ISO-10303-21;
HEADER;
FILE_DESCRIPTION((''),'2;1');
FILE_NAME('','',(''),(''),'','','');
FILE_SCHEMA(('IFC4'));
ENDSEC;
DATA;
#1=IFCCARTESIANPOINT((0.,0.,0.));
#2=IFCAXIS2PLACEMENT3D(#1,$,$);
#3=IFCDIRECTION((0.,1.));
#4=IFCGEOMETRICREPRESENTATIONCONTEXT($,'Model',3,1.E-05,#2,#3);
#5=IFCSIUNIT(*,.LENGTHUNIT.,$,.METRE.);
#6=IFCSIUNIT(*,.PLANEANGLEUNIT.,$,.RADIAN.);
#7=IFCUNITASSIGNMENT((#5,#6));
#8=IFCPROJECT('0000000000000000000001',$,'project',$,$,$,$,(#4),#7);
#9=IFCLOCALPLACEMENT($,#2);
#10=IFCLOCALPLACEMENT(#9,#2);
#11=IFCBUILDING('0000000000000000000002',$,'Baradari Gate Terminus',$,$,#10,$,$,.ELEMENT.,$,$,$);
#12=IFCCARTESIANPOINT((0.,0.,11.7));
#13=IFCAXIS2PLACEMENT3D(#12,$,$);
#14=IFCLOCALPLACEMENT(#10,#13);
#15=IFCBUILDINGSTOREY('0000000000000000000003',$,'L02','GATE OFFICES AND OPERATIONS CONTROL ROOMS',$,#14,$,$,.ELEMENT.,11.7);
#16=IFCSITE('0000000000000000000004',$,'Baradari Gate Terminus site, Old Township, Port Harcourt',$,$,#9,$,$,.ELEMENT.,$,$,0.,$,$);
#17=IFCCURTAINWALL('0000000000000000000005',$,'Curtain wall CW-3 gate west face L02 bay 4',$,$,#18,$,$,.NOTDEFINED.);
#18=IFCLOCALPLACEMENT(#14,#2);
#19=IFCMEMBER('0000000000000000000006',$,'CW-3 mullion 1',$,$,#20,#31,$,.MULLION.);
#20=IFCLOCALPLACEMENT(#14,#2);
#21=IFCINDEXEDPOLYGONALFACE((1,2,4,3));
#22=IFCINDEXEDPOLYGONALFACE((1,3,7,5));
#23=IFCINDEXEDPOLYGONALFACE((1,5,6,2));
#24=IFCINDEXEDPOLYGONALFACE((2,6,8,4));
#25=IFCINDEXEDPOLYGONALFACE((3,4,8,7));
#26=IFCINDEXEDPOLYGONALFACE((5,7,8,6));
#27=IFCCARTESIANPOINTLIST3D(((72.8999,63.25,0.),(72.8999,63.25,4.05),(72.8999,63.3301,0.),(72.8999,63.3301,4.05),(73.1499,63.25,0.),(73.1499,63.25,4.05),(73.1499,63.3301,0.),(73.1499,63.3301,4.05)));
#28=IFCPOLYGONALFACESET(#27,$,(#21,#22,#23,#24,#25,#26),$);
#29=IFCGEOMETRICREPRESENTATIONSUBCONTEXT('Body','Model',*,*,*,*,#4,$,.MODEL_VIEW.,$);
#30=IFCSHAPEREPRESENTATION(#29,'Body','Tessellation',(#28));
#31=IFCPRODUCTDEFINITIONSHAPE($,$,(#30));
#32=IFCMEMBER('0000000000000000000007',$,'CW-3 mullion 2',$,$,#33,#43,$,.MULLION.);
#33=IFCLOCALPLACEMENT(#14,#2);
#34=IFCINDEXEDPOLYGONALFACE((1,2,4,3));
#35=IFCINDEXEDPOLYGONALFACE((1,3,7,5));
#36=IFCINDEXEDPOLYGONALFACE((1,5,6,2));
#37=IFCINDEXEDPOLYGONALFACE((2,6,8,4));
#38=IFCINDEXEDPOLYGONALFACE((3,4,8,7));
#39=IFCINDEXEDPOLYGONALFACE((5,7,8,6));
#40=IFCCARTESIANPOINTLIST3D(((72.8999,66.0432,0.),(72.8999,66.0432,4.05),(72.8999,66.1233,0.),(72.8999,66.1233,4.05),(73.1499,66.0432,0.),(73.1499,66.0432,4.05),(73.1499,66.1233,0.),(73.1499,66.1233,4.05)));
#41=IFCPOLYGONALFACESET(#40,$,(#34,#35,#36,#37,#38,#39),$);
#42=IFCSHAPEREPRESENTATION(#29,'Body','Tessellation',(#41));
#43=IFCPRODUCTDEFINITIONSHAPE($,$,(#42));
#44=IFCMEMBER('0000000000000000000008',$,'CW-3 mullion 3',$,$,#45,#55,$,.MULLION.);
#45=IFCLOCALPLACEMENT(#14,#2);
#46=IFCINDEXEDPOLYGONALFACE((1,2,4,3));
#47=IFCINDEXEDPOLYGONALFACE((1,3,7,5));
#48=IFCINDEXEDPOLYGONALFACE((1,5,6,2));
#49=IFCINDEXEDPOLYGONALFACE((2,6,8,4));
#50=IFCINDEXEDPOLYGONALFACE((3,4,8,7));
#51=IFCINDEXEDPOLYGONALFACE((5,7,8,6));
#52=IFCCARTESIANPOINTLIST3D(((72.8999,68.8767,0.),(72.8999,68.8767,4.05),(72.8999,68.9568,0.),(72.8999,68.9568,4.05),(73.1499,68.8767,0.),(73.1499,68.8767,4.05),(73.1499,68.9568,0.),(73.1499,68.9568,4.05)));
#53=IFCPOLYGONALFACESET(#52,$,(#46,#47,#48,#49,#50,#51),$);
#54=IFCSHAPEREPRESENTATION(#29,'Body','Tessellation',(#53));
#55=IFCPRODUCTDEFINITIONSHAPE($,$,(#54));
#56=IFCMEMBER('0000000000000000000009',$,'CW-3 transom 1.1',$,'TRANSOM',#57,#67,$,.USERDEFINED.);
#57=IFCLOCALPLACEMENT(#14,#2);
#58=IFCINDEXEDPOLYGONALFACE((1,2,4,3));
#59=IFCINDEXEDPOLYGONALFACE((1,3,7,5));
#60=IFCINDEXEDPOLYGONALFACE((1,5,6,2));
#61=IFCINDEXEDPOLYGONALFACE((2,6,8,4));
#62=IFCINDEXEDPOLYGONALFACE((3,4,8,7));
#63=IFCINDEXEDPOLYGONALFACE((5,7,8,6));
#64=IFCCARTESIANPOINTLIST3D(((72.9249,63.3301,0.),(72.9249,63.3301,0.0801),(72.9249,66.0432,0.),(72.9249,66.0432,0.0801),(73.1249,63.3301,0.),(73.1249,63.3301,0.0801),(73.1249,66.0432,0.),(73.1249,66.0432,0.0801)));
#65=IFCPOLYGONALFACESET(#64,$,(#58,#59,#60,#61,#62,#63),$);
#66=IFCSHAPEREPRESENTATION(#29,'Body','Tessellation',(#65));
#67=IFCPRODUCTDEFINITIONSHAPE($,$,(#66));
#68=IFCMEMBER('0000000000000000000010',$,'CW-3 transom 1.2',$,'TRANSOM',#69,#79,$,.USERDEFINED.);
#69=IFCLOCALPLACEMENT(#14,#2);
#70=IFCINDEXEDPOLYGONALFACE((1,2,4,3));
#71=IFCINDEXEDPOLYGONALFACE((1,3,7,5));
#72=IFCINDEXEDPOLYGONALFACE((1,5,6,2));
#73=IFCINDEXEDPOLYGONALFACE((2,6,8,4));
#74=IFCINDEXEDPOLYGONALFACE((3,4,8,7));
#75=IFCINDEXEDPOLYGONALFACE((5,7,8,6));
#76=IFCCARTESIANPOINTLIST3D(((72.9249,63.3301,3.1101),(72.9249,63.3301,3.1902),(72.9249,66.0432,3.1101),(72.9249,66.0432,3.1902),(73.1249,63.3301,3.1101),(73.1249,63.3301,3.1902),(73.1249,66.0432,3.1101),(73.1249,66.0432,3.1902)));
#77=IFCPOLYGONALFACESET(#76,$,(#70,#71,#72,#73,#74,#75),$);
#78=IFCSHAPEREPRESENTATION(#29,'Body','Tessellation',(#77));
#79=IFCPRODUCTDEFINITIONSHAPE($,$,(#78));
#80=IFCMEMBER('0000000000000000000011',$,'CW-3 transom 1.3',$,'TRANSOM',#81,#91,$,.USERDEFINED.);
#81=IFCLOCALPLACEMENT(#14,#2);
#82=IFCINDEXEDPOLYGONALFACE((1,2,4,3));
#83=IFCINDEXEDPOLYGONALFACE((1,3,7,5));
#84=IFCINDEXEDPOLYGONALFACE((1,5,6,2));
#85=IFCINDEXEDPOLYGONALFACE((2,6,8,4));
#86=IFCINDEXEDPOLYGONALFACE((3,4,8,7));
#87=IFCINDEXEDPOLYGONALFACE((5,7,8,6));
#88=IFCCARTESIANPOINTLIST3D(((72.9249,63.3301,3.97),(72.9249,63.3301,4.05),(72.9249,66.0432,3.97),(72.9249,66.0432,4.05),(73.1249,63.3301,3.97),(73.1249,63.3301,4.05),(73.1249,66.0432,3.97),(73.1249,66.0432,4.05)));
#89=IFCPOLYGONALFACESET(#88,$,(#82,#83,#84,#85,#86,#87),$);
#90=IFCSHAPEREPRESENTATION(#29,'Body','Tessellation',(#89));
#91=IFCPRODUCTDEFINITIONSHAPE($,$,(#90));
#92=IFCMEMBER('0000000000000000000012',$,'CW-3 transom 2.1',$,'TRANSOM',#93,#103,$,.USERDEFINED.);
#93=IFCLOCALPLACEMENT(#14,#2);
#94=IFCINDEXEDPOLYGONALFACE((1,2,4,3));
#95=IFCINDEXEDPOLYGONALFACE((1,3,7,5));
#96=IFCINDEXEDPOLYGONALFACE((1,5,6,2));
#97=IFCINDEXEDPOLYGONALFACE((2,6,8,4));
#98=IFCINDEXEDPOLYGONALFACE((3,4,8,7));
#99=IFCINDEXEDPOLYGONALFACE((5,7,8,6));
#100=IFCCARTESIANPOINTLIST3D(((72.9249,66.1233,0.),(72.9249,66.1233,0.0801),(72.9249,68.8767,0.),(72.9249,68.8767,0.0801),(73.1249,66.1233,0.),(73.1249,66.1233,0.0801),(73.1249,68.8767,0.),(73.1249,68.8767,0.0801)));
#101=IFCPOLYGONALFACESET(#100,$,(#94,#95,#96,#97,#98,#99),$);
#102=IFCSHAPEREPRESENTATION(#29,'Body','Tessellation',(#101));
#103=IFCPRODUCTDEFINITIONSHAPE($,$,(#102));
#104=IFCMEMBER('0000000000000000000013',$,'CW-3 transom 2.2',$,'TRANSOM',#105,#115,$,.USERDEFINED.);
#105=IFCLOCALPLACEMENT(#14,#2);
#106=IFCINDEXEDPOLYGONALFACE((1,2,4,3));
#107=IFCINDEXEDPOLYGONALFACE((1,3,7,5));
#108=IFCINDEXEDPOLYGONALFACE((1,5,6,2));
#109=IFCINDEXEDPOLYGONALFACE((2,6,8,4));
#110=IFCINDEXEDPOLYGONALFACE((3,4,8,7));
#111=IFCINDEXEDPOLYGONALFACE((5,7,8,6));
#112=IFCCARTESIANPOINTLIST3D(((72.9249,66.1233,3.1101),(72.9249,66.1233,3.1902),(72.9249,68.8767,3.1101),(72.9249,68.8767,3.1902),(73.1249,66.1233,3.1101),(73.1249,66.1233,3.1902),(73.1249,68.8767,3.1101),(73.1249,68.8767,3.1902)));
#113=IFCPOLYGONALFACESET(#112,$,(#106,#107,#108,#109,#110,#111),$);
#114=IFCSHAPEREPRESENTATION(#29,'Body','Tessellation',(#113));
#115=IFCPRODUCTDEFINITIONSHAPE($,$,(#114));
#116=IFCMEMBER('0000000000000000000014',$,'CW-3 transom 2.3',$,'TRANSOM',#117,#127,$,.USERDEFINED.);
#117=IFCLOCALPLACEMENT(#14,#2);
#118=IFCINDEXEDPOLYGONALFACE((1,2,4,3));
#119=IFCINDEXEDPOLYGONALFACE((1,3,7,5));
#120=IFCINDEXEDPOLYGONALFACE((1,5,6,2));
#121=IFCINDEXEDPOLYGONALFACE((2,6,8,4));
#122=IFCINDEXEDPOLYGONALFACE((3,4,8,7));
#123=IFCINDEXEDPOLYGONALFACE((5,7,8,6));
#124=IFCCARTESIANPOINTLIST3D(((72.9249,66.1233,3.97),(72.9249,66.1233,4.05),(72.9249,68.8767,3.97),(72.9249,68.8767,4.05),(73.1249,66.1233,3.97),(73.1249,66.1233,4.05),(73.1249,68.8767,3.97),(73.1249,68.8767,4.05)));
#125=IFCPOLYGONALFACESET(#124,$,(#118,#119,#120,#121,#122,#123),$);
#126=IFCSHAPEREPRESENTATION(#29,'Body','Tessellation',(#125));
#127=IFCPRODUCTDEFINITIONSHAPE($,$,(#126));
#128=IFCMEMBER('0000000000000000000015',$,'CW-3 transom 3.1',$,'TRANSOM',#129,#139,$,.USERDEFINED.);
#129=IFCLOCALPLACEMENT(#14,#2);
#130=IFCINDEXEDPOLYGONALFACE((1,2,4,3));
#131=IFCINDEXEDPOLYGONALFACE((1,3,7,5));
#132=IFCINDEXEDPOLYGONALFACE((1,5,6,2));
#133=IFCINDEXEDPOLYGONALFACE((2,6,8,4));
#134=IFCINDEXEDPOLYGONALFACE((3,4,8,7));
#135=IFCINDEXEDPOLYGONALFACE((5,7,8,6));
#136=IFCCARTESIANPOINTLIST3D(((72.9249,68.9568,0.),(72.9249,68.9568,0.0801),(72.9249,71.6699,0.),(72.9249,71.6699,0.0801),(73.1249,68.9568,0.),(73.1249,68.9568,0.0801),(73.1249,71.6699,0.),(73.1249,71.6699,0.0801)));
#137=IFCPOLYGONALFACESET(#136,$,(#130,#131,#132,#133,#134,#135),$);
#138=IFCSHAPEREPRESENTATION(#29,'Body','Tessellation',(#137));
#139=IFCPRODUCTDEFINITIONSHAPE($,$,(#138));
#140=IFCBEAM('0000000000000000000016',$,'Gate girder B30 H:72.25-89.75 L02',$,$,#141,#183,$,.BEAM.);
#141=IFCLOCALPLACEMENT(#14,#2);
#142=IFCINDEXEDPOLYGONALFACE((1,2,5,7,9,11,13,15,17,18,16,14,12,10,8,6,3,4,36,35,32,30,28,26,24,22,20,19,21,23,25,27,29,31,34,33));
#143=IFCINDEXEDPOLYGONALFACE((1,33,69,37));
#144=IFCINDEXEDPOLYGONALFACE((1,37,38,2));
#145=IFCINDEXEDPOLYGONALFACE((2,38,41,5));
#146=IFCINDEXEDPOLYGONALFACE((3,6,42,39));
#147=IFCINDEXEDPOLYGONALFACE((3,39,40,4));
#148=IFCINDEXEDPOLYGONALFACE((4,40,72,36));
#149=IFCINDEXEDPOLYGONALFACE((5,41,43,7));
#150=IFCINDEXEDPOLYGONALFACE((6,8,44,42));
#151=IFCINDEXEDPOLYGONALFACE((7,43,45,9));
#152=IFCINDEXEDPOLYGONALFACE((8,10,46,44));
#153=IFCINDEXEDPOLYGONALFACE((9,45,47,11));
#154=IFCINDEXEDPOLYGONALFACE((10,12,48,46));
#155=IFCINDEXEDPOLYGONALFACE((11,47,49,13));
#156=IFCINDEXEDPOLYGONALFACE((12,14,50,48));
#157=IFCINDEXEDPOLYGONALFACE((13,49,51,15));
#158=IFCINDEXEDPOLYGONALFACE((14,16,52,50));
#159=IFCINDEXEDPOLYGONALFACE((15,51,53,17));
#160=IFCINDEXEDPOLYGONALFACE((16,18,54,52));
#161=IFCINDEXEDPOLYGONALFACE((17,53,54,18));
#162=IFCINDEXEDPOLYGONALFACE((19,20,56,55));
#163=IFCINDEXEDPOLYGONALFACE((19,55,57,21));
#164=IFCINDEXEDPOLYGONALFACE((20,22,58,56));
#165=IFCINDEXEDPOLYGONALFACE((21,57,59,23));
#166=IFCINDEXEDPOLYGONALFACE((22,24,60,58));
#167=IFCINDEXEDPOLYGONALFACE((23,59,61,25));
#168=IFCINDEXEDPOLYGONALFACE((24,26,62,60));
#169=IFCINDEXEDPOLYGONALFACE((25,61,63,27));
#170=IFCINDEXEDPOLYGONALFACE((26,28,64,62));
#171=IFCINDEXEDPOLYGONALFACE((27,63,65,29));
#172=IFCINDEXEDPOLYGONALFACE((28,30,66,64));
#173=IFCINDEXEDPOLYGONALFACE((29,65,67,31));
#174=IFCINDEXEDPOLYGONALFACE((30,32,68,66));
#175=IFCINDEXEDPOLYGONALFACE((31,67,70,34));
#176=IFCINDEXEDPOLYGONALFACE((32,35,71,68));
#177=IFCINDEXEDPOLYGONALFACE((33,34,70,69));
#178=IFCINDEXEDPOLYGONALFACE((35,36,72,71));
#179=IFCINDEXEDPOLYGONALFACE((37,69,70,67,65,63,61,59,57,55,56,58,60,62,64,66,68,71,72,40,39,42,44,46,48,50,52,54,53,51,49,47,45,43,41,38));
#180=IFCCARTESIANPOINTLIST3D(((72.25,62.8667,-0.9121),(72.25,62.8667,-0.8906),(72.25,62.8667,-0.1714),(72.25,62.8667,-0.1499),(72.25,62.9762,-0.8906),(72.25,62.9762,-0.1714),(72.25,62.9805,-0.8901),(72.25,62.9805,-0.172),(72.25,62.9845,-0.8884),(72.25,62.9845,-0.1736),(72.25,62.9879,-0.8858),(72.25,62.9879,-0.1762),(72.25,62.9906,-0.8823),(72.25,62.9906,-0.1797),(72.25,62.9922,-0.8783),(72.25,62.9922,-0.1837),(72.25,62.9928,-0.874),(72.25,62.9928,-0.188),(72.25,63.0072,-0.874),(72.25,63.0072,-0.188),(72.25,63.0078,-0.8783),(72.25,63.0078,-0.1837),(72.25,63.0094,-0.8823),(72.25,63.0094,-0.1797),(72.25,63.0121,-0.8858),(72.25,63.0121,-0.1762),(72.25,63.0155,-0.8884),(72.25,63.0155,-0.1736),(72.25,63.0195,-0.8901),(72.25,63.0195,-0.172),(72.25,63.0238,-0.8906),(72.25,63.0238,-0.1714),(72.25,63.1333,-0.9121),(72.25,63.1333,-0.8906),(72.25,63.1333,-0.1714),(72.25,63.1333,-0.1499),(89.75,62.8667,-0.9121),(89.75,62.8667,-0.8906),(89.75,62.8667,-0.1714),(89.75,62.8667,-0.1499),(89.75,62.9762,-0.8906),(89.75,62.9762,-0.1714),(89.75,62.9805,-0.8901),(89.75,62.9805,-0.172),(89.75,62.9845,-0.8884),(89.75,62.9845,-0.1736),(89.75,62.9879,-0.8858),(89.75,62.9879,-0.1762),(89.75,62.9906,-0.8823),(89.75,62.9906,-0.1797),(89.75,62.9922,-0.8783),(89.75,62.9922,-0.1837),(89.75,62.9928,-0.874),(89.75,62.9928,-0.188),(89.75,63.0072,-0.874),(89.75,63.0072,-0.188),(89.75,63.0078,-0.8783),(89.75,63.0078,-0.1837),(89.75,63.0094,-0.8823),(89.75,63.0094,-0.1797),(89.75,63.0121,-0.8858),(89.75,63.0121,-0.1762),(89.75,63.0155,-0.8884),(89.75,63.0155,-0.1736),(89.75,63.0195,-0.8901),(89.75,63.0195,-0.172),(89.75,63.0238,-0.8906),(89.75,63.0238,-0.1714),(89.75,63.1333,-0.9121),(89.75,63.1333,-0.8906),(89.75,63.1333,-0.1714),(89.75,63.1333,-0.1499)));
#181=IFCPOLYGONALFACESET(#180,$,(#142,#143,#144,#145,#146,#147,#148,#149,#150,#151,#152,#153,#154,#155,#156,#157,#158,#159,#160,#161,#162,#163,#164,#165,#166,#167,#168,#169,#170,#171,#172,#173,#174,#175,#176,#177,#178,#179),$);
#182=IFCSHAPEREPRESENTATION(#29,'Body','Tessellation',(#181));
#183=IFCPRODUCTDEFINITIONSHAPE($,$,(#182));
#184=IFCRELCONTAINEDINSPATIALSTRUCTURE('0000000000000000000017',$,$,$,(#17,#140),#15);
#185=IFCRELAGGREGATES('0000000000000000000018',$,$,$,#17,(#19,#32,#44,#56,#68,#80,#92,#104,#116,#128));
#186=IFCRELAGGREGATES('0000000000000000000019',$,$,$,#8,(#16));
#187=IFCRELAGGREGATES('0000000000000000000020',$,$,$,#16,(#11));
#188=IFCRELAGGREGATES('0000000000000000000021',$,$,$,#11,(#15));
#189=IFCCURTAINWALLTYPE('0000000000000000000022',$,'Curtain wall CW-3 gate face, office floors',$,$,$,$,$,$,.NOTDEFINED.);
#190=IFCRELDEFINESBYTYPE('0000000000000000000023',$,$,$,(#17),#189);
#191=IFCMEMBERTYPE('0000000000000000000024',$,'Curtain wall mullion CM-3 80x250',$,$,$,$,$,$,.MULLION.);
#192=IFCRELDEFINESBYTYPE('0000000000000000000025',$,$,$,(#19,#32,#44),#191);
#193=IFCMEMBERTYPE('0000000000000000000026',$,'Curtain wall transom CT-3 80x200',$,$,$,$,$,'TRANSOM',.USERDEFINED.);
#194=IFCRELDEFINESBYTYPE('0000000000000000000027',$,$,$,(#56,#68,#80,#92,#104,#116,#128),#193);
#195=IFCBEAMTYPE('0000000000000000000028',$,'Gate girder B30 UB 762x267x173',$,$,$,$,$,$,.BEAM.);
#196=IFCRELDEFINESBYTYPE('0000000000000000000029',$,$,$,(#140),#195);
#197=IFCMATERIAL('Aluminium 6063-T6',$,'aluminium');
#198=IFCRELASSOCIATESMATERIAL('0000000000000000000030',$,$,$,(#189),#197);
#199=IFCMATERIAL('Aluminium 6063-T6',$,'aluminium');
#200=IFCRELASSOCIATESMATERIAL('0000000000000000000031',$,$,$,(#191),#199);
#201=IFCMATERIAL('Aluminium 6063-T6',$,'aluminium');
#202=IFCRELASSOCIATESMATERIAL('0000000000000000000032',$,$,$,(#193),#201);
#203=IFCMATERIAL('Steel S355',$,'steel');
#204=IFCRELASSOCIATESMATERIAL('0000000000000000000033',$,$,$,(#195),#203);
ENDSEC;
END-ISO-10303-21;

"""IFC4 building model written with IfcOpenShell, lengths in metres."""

from ifc_helpers import new_model, si_unit, direction, frame, origin, origin_2d, place, context, subcontext, project, spatial, rectangle, i_section, extrude, material, material_profile, profile_set, type_object, element, aggregate, save


model = new_model("IFC4")

# Units and contexts
model_context = context("Model", 3, precision=1e-05, world=origin(), true_north=direction((0.0, 1.0)))
body_context = subcontext(model_context, "Body", "Model", "MODEL_VIEW")
ifc_project = project(units=[si_unit("LENGTHUNIT", "METRE"), si_unit("PLANEANGLEUNIT", "RADIAN")], contexts=[model_context])

# Site, building, storey
site_placement = place(None, origin())
site = spatial("IfcSite", under=ifc_project, at=site_placement, Name="Baradari Gate Terminus site, Old Township, Port Harcourt", CompositionType="ELEMENT", RefElevation=0.0)
building_placement = place(site_placement, origin())
building = spatial("IfcBuilding", under=site, at=building_placement, Name="Baradari Gate Terminus", CompositionType="ELEMENT")
storey_placement = place(building_placement, frame((0.0, 0.0, 11.7)))
storey = spatial("IfcBuildingStorey", under=building, at=storey_placement, Name="L02", Description="GATE OFFICES AND OPERATIONS CONTROL ROOMS", CompositionType="ELEMENT", Elevation=11.7)

# Curtain wall, members
ifc_material_1 = material(Name="Aluminium 6063-T6", Category="aluminium")
curtain_wall_type = type_object("IfcCurtainWallType", Name="Curtain wall CW-3 gate face, office floors", PredefinedType="NOTDEFINED", material=ifc_material_1)
curtain_wall_placement = place(storey_placement, origin())
curtain_wall = element("IfcCurtainWall", 1, at=curtain_wall_placement, inside=storey, type_object=curtain_wall_type, Name="Curtain wall CW-3 gate west face L02 bay 4", PredefinedType="NOTDEFINED")
ifc_material_2 = material(Name="Aluminium 6063-T6", Category="aluminium")
ifc_material_profile_1 = material_profile(ifc_material_2, rectangle(XDim=0.25, YDim=0.0801, at=origin_2d()), Name="CM-3 80X250")
ifc_profile_set_1 = profile_set([ifc_material_profile_1], Name="Aluminium 6063-T6")
member_type_1 = type_object("IfcMemberType", Name="Curtain wall mullion CM-3 80x250", PredefinedType="MULLION", material=ifc_profile_set_1)
member_1_placement = place(storey_placement, frame((73.0249, 63.29, 0.0), z_axis=(0.0, 0.0, 1.0), x_axis=(-1.0, 0.0, 0.0)))
member_1 = element("IfcMember", 2, at=member_1_placement, type_object=member_type_1, Name="CW-3 mullion 1", PredefinedType="MULLION", context=body_context, shape_type="SweptSolid", body=[
    extrude(rectangle(XDim=0.25, YDim=0.0801, at=origin_2d()), origin(), (0.0, 0.0, 1.0), 4.05),
])
member_2_placement = place(storey_placement, frame((73.0249, 66.0833, 0.0), z_axis=(0.0, 0.0, 1.0), x_axis=(-1.0, 0.0, 0.0)))
member_2 = element("IfcMember", 3, at=member_2_placement, type_object=member_type_1, Name="CW-3 mullion 2", PredefinedType="MULLION", context=body_context, shape_type="SweptSolid", body=[
    extrude(rectangle(XDim=0.25, YDim=0.0801, at=origin_2d()), origin(), (0.0, 0.0, 1.0), 4.05),
])
member_3_placement = place(storey_placement, frame((73.0249, 68.9167, 0.0), z_axis=(0.0, 0.0, 1.0), x_axis=(-1.0, 0.0, 0.0)))
member_3 = element("IfcMember", 4, at=member_3_placement, type_object=member_type_1, Name="CW-3 mullion 3", PredefinedType="MULLION", context=body_context, shape_type="SweptSolid", body=[
    extrude(rectangle(XDim=0.25, YDim=0.0801, at=origin_2d()), origin(), (0.0, 0.0, 1.0), 4.05),
])
ifc_material_3 = material(Name="Aluminium 6063-T6", Category="aluminium")
ifc_material_profile_2 = material_profile(ifc_material_3, rectangle(XDim=0.2, YDim=0.0801, at=origin_2d()), Name="CT-3 80X200")
ifc_profile_set_2 = profile_set([ifc_material_profile_2], Name="Aluminium 6063-T6")
member_type_2 = type_object("IfcMemberType", Name="Curtain wall transom CT-3 80x200", ElementType="TRANSOM", PredefinedType="USERDEFINED", material=ifc_profile_set_2)
member_4_placement = place(storey_placement, frame((73.0249, 63.3301, 0.04), z_axis=(0.0, 1.0, 0.0), x_axis=(-1.0, 0.0, 0.0)))
member_4 = element("IfcMember", 5, at=member_4_placement, type_object=member_type_2, Name="CW-3 transom 1.1", ObjectType="TRANSOM", PredefinedType="USERDEFINED", context=body_context, shape_type="SweptSolid", body=[
    extrude(rectangle(XDim=0.2, YDim=0.0801, at=origin_2d()), origin(), (0.0, 0.0, 1.0), 2.7131),
])
member_5_placement = place(storey_placement, frame((73.0249, 63.3301, 3.1501), z_axis=(0.0, 1.0, 0.0), x_axis=(-1.0, 0.0, 0.0)))
member_5 = element("IfcMember", 6, at=member_5_placement, type_object=member_type_2, Name="CW-3 transom 1.2", ObjectType="TRANSOM", PredefinedType="USERDEFINED", context=body_context, shape_type="SweptSolid", body=[
    extrude(rectangle(XDim=0.2, YDim=0.0801, at=origin_2d()), origin(), (0.0, 0.0, 1.0), 2.7131),
])
member_6_placement = place(storey_placement, frame((73.0249, 63.3301, 4.01), z_axis=(0.0, 1.0, 0.0), x_axis=(-1.0, 0.0, 0.0)))
member_6 = element("IfcMember", 7, at=member_6_placement, type_object=member_type_2, Name="CW-3 transom 1.3", ObjectType="TRANSOM", PredefinedType="USERDEFINED", context=body_context, shape_type="SweptSolid", body=[
    extrude(rectangle(XDim=0.2, YDim=0.0801, at=origin_2d()), origin(), (0.0, 0.0, 1.0), 2.7131),
])
member_7_placement = place(storey_placement, frame((73.0249, 66.1233, 0.04), z_axis=(0.0, 1.0, 0.0), x_axis=(-1.0, 0.0, 0.0)))
member_7 = element("IfcMember", 8, at=member_7_placement, type_object=member_type_2, Name="CW-3 transom 2.1", ObjectType="TRANSOM", PredefinedType="USERDEFINED", context=body_context, shape_type="SweptSolid", body=[
    extrude(rectangle(XDim=0.2, YDim=0.0801, at=origin_2d()), origin(), (0.0, 0.0, 1.0), 2.7534),
])
member_8_placement = place(storey_placement, frame((73.0249, 66.1233, 3.1501), z_axis=(0.0, 1.0, 0.0), x_axis=(-1.0, 0.0, 0.0)))
member_8 = element("IfcMember", 9, at=member_8_placement, type_object=member_type_2, Name="CW-3 transom 2.2", ObjectType="TRANSOM", PredefinedType="USERDEFINED", context=body_context, shape_type="SweptSolid", body=[
    extrude(rectangle(XDim=0.2, YDim=0.0801, at=origin_2d()), origin(), (0.0, 0.0, 1.0), 2.7534),
])
member_9_placement = place(storey_placement, frame((73.0249, 66.1233, 4.01), z_axis=(0.0, 1.0, 0.0), x_axis=(-1.0, 0.0, 0.0)))
member_9 = element("IfcMember", 10, at=member_9_placement, type_object=member_type_2, Name="CW-3 transom 2.3", ObjectType="TRANSOM", PredefinedType="USERDEFINED", context=body_context, shape_type="SweptSolid", body=[
    extrude(rectangle(XDim=0.2, YDim=0.0801, at=origin_2d()), origin(), (0.0, 0.0, 1.0), 2.7534),
])
member_10_placement = place(storey_placement, frame((73.0249, 68.9568, 0.04), z_axis=(0.0, 1.0, 0.0), x_axis=(-1.0, 0.0, 0.0)))
member_10 = element("IfcMember", 11, at=member_10_placement, type_object=member_type_2, Name="CW-3 transom 3.1", ObjectType="TRANSOM", PredefinedType="USERDEFINED", context=body_context, shape_type="SweptSolid", body=[
    extrude(rectangle(XDim=0.2, YDim=0.0801, at=origin_2d()), origin(), (0.0, 0.0, 1.0), 2.7131),
])

# Beam
ifc_material_4 = material(Name="Steel S355", Category="steel")
ifc_material_profile_3 = material_profile(ifc_material_4, i_section(OverallWidth=0.2666, OverallDepth=0.7622, WebThickness=0.0144, FlangeThickness=0.0215, FilletRadius=0.0166, at=origin_2d()), Name="UB 762x267x173")
ifc_profile_set_3 = profile_set([ifc_material_profile_3], Name="Steel S355")
beam_type_1 = type_object("IfcBeamType", Name="Gate girder B30 UB 762x267x173", PredefinedType="BEAM", material=ifc_profile_set_3)
beam_placement = place(storey_placement, frame((72.25, 63.0, -0.531), z_axis=(1.0, 0.0, 0.0), x_axis=(0.0, 1.0, 0.0)))
element("IfcBeam", 12, at=beam_placement, inside=storey, type_object=beam_type_1, Name="Gate girder B30 H:72.25-89.75 L02", PredefinedType="BEAM", context=body_context, shape_type="SweptSolid", body=[
    extrude(i_section(OverallWidth=0.2666, OverallDepth=0.7622, WebThickness=0.0144, FlangeThickness=0.0215, FilletRadius=0.0166, at=origin_2d()), origin(), (0.0, 0.0, 1.0), 17.5),
])

aggregate(curtain_wall, [member_1, member_2, member_3, member_4, member_5, member_6, member_7, member_8, member_9, member_10])

save(model, "model.ifc")
